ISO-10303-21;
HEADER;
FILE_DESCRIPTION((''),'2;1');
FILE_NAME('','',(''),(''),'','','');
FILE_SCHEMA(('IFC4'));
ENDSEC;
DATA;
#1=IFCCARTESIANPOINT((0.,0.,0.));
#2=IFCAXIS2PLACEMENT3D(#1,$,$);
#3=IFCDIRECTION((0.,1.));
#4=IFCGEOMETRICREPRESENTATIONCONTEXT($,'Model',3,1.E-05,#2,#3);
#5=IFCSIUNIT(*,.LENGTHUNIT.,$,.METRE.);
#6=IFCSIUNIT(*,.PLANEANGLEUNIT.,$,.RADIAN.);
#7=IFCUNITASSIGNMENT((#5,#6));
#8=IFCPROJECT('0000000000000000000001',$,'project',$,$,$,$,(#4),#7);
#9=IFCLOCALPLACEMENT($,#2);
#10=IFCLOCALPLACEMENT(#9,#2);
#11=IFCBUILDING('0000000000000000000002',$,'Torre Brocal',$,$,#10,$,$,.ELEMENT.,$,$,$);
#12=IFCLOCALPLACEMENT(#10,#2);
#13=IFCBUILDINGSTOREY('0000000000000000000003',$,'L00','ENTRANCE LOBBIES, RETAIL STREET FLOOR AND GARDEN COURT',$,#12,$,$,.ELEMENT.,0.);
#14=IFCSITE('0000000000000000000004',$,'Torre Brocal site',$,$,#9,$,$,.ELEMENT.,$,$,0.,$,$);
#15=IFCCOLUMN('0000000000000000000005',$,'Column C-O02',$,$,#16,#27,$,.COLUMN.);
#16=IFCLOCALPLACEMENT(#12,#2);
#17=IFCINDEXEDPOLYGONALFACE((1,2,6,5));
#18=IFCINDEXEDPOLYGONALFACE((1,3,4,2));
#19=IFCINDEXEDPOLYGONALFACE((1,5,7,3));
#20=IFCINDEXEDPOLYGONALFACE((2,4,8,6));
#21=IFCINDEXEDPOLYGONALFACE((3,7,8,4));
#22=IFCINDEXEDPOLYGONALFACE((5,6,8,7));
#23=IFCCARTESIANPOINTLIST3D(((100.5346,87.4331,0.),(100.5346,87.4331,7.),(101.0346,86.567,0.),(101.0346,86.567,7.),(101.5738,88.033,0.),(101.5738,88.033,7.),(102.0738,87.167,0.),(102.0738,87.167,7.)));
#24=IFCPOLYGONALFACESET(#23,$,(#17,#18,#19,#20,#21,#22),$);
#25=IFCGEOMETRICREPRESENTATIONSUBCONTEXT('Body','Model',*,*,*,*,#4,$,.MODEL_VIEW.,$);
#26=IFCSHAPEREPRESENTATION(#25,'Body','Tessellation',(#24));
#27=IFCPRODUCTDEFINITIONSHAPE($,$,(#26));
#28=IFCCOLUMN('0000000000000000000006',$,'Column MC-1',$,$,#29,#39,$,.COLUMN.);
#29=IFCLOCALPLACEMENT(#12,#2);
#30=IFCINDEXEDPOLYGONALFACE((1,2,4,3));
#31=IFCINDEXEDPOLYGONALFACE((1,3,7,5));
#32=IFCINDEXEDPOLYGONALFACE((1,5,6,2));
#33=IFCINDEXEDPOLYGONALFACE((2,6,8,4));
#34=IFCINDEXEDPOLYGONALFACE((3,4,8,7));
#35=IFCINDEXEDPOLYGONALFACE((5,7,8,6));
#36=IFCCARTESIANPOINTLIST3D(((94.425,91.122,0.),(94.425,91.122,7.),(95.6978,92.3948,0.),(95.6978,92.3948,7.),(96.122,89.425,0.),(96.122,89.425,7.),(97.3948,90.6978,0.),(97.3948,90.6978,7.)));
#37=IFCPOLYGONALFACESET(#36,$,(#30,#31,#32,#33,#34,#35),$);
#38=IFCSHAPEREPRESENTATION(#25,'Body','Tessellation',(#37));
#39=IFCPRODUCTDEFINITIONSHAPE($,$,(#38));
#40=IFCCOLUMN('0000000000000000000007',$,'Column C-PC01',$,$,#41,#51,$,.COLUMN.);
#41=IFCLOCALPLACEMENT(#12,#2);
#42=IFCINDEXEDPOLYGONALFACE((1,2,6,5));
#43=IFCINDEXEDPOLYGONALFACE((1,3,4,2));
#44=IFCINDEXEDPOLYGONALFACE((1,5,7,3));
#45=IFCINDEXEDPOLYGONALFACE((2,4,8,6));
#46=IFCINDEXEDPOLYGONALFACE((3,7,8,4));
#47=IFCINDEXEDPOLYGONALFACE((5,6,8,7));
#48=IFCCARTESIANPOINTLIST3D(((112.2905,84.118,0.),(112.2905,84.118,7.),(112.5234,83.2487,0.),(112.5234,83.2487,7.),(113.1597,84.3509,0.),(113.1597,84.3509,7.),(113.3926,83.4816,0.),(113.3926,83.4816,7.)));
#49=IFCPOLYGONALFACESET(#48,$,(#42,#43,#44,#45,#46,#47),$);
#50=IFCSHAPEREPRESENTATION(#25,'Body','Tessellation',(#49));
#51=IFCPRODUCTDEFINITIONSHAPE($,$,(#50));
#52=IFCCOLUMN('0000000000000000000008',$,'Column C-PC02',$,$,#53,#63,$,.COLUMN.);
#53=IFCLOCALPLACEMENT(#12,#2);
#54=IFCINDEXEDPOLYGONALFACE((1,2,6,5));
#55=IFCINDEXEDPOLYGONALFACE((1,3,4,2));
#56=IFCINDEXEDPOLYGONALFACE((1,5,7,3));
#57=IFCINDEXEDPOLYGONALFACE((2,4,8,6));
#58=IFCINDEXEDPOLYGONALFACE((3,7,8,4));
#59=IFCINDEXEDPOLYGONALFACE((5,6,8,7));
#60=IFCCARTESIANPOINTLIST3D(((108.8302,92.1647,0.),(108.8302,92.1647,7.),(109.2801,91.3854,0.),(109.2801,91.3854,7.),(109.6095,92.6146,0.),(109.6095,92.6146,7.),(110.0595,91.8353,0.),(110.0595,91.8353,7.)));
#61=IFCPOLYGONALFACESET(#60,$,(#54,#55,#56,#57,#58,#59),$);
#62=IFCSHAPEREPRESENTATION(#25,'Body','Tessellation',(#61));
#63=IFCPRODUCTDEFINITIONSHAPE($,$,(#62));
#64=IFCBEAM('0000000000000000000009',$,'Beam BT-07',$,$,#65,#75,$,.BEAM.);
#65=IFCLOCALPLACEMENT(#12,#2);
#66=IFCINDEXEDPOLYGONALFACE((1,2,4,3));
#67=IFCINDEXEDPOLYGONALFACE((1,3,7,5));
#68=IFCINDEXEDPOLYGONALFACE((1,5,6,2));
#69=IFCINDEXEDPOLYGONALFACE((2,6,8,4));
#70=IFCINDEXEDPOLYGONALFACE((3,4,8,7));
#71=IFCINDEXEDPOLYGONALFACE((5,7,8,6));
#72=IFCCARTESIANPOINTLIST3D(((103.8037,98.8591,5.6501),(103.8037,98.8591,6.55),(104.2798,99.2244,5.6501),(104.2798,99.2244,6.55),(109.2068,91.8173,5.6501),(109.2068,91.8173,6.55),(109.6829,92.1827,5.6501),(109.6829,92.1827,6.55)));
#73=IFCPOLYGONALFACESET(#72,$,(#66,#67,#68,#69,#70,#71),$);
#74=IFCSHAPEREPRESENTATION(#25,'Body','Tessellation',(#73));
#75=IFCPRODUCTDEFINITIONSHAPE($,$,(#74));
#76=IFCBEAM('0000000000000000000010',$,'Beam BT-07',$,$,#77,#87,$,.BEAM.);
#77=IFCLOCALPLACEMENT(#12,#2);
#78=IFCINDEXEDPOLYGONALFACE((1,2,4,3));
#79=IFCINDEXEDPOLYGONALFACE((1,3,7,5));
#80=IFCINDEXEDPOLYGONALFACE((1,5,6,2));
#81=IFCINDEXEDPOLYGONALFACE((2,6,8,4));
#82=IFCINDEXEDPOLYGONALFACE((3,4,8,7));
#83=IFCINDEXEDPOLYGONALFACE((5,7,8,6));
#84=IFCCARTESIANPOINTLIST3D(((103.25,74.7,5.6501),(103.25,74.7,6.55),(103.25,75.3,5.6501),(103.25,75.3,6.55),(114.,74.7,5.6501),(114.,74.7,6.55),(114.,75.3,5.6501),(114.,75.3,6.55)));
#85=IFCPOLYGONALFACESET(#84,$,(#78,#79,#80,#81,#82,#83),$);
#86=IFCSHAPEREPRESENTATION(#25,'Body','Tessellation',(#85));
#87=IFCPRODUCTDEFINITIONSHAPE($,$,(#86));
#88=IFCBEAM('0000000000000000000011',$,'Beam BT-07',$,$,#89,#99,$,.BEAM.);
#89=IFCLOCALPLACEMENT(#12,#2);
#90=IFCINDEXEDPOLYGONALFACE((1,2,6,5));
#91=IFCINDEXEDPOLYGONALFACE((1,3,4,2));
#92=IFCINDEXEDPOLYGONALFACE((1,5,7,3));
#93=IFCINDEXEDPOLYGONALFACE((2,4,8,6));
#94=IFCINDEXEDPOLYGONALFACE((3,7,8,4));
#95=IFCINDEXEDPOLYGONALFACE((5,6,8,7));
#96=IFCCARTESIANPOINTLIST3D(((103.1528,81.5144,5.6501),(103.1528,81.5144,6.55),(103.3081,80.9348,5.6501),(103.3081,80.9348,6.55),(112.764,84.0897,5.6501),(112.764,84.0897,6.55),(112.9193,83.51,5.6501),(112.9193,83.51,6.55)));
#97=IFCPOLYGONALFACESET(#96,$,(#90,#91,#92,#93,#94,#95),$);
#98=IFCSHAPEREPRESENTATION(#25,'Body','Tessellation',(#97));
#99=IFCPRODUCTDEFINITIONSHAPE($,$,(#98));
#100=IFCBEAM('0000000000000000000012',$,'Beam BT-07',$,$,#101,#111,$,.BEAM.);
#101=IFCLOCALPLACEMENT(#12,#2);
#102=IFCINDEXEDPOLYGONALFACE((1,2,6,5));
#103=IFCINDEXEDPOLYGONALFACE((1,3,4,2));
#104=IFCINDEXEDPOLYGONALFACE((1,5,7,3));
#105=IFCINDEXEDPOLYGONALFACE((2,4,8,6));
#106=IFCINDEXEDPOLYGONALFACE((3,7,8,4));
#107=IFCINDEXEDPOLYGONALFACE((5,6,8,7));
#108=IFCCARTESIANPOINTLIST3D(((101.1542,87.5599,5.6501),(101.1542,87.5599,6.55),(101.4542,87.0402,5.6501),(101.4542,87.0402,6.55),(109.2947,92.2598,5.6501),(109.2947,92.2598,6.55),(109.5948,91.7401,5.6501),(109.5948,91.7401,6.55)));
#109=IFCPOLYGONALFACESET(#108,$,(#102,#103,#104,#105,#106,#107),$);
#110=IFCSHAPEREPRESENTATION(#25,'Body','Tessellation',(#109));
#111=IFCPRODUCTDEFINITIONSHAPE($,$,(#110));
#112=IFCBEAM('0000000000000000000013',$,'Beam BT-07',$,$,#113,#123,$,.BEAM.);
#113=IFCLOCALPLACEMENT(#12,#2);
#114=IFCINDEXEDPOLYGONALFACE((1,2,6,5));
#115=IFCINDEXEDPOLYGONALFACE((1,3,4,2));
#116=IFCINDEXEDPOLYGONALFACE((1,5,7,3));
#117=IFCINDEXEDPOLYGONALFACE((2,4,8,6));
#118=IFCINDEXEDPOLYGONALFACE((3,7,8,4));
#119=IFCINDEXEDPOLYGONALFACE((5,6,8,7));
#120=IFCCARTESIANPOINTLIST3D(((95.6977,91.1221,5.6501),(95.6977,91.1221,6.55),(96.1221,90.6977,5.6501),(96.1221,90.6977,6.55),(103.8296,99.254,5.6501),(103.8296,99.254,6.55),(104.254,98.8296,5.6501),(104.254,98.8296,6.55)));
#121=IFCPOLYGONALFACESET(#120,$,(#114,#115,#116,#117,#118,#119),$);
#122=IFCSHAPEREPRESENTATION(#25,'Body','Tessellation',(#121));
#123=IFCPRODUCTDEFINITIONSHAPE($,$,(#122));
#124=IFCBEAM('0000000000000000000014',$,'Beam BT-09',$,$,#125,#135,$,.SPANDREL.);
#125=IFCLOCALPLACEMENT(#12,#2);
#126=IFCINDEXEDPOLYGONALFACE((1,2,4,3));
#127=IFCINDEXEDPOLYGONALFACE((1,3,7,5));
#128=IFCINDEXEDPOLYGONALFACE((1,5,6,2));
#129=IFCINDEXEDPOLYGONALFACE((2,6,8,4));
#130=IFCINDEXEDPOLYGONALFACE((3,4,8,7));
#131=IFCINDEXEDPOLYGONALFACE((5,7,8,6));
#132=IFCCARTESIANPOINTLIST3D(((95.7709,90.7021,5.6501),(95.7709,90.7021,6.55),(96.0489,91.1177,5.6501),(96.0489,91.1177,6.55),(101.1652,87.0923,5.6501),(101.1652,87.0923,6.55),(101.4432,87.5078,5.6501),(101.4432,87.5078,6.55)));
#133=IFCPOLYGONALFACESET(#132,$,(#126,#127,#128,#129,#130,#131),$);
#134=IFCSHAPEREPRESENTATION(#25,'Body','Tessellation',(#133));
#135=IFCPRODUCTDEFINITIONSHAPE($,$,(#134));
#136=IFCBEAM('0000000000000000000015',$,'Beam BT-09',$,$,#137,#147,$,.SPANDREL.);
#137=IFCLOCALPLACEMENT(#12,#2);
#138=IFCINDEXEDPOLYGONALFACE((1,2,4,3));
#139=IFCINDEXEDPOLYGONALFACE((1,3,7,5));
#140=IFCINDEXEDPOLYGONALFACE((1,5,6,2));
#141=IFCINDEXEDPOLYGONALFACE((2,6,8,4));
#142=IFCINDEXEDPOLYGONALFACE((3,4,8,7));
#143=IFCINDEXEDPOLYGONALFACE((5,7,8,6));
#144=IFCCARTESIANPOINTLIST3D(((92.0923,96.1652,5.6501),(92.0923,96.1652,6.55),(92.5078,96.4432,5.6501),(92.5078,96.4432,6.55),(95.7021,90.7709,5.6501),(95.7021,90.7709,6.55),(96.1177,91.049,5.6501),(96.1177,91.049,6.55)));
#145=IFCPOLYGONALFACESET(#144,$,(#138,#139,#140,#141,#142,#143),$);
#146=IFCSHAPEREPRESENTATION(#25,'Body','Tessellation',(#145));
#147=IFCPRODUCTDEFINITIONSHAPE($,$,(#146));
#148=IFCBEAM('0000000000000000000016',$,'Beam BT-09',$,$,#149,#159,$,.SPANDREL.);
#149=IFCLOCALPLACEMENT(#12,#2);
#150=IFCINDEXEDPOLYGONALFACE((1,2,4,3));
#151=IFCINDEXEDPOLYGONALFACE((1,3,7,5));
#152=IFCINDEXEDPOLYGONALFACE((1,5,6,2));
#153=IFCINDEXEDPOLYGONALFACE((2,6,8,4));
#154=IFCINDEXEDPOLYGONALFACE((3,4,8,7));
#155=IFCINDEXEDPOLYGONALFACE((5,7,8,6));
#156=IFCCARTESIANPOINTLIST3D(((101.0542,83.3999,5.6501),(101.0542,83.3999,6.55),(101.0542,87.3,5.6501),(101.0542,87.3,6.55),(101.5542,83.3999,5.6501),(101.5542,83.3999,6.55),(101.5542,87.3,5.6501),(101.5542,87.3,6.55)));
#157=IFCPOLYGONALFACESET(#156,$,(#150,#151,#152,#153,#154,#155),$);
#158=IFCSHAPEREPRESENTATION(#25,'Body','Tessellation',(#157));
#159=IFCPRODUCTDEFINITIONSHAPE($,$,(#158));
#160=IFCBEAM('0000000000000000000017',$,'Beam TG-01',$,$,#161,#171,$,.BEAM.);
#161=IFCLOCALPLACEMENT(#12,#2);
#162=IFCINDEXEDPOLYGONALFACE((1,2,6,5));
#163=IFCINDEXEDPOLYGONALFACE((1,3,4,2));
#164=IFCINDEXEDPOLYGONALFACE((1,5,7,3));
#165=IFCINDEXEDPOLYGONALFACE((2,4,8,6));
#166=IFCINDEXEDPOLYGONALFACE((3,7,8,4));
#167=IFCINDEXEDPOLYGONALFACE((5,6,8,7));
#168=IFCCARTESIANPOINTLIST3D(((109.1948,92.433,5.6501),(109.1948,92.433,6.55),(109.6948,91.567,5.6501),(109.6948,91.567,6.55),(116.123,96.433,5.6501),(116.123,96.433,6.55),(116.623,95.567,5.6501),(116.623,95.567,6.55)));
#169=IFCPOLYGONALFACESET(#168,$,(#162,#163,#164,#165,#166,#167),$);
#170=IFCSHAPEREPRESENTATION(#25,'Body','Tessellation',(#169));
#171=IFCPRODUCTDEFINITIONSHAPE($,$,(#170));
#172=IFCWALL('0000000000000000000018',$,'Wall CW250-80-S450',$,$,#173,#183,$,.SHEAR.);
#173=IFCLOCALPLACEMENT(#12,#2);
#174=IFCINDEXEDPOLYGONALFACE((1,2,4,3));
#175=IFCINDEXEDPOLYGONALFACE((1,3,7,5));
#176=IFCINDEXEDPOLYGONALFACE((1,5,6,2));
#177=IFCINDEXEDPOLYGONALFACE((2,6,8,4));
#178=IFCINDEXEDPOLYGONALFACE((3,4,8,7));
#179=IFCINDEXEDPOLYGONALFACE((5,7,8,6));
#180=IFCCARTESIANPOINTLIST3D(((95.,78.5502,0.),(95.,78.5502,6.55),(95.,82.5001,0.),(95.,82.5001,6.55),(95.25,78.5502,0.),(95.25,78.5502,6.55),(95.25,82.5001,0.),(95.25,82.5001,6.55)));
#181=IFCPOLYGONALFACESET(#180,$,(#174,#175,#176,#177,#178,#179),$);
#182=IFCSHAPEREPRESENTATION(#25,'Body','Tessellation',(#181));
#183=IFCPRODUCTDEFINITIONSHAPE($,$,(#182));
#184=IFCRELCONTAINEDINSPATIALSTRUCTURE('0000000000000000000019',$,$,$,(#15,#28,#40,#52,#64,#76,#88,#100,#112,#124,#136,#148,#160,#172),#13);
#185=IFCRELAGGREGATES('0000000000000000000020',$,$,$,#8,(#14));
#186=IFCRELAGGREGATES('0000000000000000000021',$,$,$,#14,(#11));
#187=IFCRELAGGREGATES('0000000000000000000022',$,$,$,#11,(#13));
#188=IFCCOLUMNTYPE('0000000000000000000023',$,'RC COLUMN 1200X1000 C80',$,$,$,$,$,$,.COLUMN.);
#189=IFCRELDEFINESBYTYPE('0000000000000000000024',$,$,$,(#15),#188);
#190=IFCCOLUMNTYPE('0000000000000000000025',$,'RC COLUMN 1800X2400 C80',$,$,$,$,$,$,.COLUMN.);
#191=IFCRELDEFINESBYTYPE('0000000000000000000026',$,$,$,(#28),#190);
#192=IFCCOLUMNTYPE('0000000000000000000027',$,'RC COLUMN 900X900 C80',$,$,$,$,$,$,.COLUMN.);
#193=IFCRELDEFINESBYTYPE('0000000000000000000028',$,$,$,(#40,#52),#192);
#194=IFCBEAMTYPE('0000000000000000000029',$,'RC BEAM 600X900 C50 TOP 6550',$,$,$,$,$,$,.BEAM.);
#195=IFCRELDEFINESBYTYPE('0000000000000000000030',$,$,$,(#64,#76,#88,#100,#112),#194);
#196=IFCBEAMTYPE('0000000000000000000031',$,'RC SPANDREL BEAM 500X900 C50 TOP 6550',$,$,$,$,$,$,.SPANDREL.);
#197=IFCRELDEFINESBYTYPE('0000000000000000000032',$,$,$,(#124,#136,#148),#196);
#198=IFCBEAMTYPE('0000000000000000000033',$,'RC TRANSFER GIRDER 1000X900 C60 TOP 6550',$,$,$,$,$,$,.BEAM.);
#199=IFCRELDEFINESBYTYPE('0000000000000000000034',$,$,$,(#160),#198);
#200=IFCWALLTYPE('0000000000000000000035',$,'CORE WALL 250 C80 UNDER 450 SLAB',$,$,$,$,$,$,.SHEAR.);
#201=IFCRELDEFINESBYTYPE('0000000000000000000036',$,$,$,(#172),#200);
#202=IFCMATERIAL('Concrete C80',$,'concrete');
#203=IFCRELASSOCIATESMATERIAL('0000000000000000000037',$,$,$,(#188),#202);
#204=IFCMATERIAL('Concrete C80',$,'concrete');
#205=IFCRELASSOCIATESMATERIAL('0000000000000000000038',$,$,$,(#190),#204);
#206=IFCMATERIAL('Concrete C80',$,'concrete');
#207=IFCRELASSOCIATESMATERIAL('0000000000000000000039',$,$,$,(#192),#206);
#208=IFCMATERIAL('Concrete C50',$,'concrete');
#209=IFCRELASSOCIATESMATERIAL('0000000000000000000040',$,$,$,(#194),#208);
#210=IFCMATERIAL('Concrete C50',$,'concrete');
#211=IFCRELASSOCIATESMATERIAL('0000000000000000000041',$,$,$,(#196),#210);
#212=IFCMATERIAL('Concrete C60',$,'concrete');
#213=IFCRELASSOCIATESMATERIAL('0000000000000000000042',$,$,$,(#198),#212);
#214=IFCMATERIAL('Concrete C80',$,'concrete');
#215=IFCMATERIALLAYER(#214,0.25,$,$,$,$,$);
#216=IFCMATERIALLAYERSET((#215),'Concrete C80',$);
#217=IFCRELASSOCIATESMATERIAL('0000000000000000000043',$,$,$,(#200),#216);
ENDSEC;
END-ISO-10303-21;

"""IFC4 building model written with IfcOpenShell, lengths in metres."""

from ifc_helpers import new_model, si_unit, direction, frame, frame_2d, origin, origin_2d, place, context, subcontext, project, spatial, rectangle, extrude, material, layer, layer_set, material_profile, profile_set, type_object, element, save


model = new_model("IFC4")

# Units and contexts
model_context = context("Model", 3, precision=1e-05, world=origin(), true_north=direction((0.0, 1.0)))
body_context = subcontext(model_context, "Body", "Model", "MODEL_VIEW")
ifc_project = project(units=[si_unit("LENGTHUNIT", "METRE"), si_unit("PLANEANGLEUNIT", "RADIAN")], contexts=[model_context])

# Site, building, storey
site_placement = place(None, origin())
site = spatial("IfcSite", under=ifc_project, at=site_placement, Name="Torre Brocal site", CompositionType="ELEMENT", RefElevation=0.0)
building_placement = place(site_placement, origin())
building = spatial("IfcBuilding", under=site, at=building_placement, Name="Torre Brocal", CompositionType="ELEMENT")
storey_placement = place(building_placement, origin())
storey = spatial("IfcBuildingStorey", under=building, at=storey_placement, Name="L00", Description="ENTRANCE LOBBIES, RETAIL STREET FLOOR AND GARDEN COURT", CompositionType="ELEMENT", Elevation=0.0)

# Columns
ifc_material_1 = material(Name="Concrete C80", Category="concrete")
ifc_material_profile_1 = material_profile(ifc_material_1, rectangle(XDim=1.2, YDim=1.0, at=origin_2d()), Name="RC 1200X1000")
ifc_profile_set_1 = profile_set([ifc_material_profile_1], Name="Concrete C80")
column_type_1 = type_object("IfcColumnType", Name="RC COLUMN 1200X1000 C80", PredefinedType="COLUMN", material=ifc_profile_set_1)
column_1_placement = place(storey_placement, frame((101.3042, 87.3, 0.0), z_axis=(0.0, 0.0, 1.0), x_axis=(0.866025, 0.5, 0.0)))
element("IfcColumn", 1, at=column_1_placement, inside=storey, type_object=column_type_1, Name="Column C-O02", PredefinedType="COLUMN", context=body_context, shape_type="SweptSolid", body=[
    extrude(rectangle(XDim=1.2, YDim=1.0, at=origin_2d()), origin(), (0.0, 0.0, 1.0), 7.0),
])
ifc_material_2 = material(Name="Concrete C80", Category="concrete")
ifc_material_profile_2 = material_profile(ifc_material_2, rectangle(XDim=1.8, YDim=2.3999, at=origin_2d()), Name="RC 1800X2400")
ifc_profile_set_2 = profile_set([ifc_material_profile_2], Name="Concrete C80")
column_type_2 = type_object("IfcColumnType", Name="RC COLUMN 1800X2400 C80", PredefinedType="COLUMN", material=ifc_profile_set_2)
column_2_placement = place(storey_placement, frame((95.9099, 90.9099, 0.0), z_axis=(0.0, 0.0, 1.0), x_axis=(0.707107, 0.707107, 0.0)))
element("IfcColumn", 2, at=column_2_placement, inside=storey, type_object=column_type_2, Name="Column MC-1", PredefinedType="COLUMN", context=body_context, shape_type="SweptSolid", body=[
    extrude(rectangle(XDim=1.8, YDim=2.3999, at=origin_2d()), origin(), (0.0, 0.0, 1.0), 7.0),
])
ifc_material_3 = material(Name="Concrete C80", Category="concrete")
ifc_material_profile_3 = material_profile(ifc_material_3, rectangle(XDim=0.8999, YDim=0.8999, at=origin_2d()), Name="RC 900X900")
ifc_profile_set_3 = profile_set([ifc_material_profile_3], Name="Concrete C80")
column_type_3 = type_object("IfcColumnType", Name="RC COLUMN 900X900 C80", PredefinedType="COLUMN", material=ifc_profile_set_3)
for number, where, z_axis, x_axis, name in (
    (3, (112.8416, 83.7998, 0.0), (0.0, 0.0, 1.0), (0.965926, 0.258819, 0.0), "Column C-PC01"),
    (4, (109.4448, 92.0, 0.0), (0.0, 0.0, 1.0), (0.866025, 0.5, 0.0), "Column C-PC02"),
):
    element("IfcColumn", number, at=place(storey_placement, frame(where, z_axis=z_axis, x_axis=x_axis)), inside=storey, type_object=column_type_3, Name=name, PredefinedType="COLUMN", context=body_context, shape_type="SweptSolid", body=[
        extrude(rectangle(XDim=0.8999, YDim=0.8999, at=origin_2d()), origin(), (0.0, 0.0, 1.0), 7.0),
    ])

# Beams
ifc_material_4 = material(Name="Concrete C50", Category="concrete")
ifc_material_profile_4 = material_profile(ifc_material_4, rectangle(XDim=0.6001, YDim=0.8999, at=origin_2d()), Name="RC 600X900")
ifc_profile_set_4 = profile_set([ifc_material_profile_4], Name="Concrete C50")
beam_type_1 = type_object("IfcBeamType", Name="RC BEAM 600X900 C50 TOP 6550", PredefinedType="BEAM", material=ifc_profile_set_4)
beam_1_placement = place(storey_placement, frame((109.4448, 92.0, 6.1001), z_axis=(-0.608744, 0.793367, 0.0), x_axis=(-0.793367, -0.608744, 0.0)))
element("IfcBeam", 5, at=beam_1_placement, inside=storey, type_object=beam_type_1, Name="Beam BT-07", PredefinedType="BEAM", context=body_context, shape_type="SweptSolid", body=[
    extrude(rectangle(XDim=0.6001, YDim=0.8999, at=origin_2d()), origin(), (0.0, 0.0, 1.0), 8.8757),
])
beam_2_placement = place(storey_placement, frame((103.25, 75.0, 6.1001), z_axis=(1.0, 0.0, 0.0), x_axis=(0.0, 1.0, 0.0)))
element("IfcBeam", 6, at=beam_2_placement, inside=storey, type_object=beam_type_1, Name="Beam BT-07", PredefinedType="BEAM", context=body_context, shape_type="SweptSolid", body=[
    extrude(rectangle(XDim=0.6001, YDim=0.8999, at=origin_2d()), origin(), (0.0, 0.0, 1.0), 10.75),
])
beam_3_placement = place(storey_placement, frame((103.2305, 81.2246, 6.1001), z_axis=(0.965928, 0.258811, 0.0), x_axis=(-0.258811, 0.965928, 0.0)))
element("IfcBeam", 7, at=beam_3_placement, inside=storey, type_object=beam_type_1, Name="Beam BT-07", PredefinedType="BEAM", context=body_context, shape_type="SweptSolid", body=[
    extrude(rectangle(XDim=0.6001, YDim=0.8999, at=origin_2d()), origin(), (0.0, 0.0, 1.0), 9.9502),
])
beam_4_placement = place(storey_placement, frame((101.3042, 87.3, 6.1001), z_axis=(0.866027, 0.499997, 0.0), x_axis=(-0.499997, 0.866027, 0.0)))
element("IfcBeam", 8, at=beam_4_placement, inside=storey, type_object=beam_type_1, Name="Beam BT-07", PredefinedType="BEAM", context=body_context, shape_type="SweptSolid", body=[
    extrude(rectangle(XDim=0.6001, YDim=0.8999, at=origin_2d()), origin(), (0.0, 0.0, 1.0), 9.3999),
])
beam_5_placement = place(storey_placement, frame((95.9099, 90.9099, 6.1001), z_axis=(0.707107, 0.707107, 0.0), x_axis=(-0.707107, 0.707107, 0.0)))
element("IfcBeam", 9, at=beam_5_placement, inside=storey, type_object=beam_type_1, Name="Beam BT-07", PredefinedType="BEAM", context=body_context, shape_type="SweptSolid", body=[
    extrude(rectangle(XDim=0.6001, YDim=0.8999, at=origin_2d()), origin(), (0.0, 0.0, 1.0), 11.5002),
])
ifc_material_5 = material(Name="Concrete C50", Category="concrete")
ifc_material_profile_5 = material_profile(ifc_material_5, rectangle(XDim=0.5, YDim=0.8999, at=origin_2d()), Name="RC 500X900")
ifc_profile_set_5 = profile_set([ifc_material_profile_5], Name="Concrete C50")
beam_type_2 = type_object("IfcBeamType", Name="RC SPANDREL BEAM 500X900 C50 TOP 6550", PredefinedType="SPANDREL", material=ifc_profile_set_5)
for number, where, z_axis, x_axis, name in (
    (10, (101.3042, 87.3, 6.1001), (-0.831077, 0.556158, 0.0), (-0.556158, -0.831077, 0.0), "Beam BT-09"),
    (11, (95.9099, 90.9099, 6.1001), (-0.556158, 0.831077, 0.0), (-0.831077, -0.556158, 0.0), "Beam BT-09"),
):
    element("IfcBeam", number, at=place(storey_placement, frame(where, z_axis=z_axis, x_axis=x_axis)), inside=storey, type_object=beam_type_2, Name=name, PredefinedType="SPANDREL", context=body_context, shape_type="SweptSolid", body=[
        extrude(rectangle(XDim=0.5, YDim=0.8999, at=origin_2d()), origin(), (0.0, 0.0, 1.0), 6.4907),
    ])
beam_6_placement = place(storey_placement, frame((101.3042, 87.3, 6.1001), z_axis=(0.0, -1.0, 0.0), x_axis=(1.0, 0.0, 0.0)))
element("IfcBeam", 12, at=beam_6_placement, inside=storey, type_object=beam_type_2, Name="Beam BT-09", PredefinedType="SPANDREL", context=body_context, shape_type="SweptSolid", body=[
    extrude(rectangle(XDim=0.5, YDim=0.8999, at=origin_2d()), origin(), (0.0, 0.0, 1.0), 3.9001),
])
ifc_material_6 = material(Name="Concrete C60", Category="concrete")
ifc_material_profile_6 = material_profile(ifc_material_6, rectangle(XDim=1.0, YDim=0.8999, at=origin_2d()), Name="RC 1000X900")
ifc_profile_set_6 = profile_set([ifc_material_profile_6], Name="Concrete C60")
beam_type_3 = type_object("IfcBeamType", Name="RC TRANSFER GIRDER 1000X900 C60 TOP 6550", PredefinedType="BEAM", material=ifc_profile_set_6)
beam_7_placement = place(storey_placement, frame((109.4448, 92.0, 6.1001), z_axis=(0.866026, 0.499999, 0.0), x_axis=(-0.499999, 0.866026, 0.0)))
element("IfcBeam", 13, at=beam_7_placement, inside=storey, type_object=beam_type_3, Name="Beam TG-01", PredefinedType="BEAM", context=body_context, shape_type="SweptSolid", body=[
    extrude(rectangle(XDim=1.0, YDim=0.8999, at=origin_2d()), origin(), (0.0, 0.0, 1.0), 8.0),
])

# Wall
ifc_material_7 = material(Name="Concrete C80", Category="concrete")
ifc_layer_1 = layer(ifc_material_7, 0.25)
ifc_layer_set_1 = layer_set([ifc_layer_1], Name="Concrete C80")
wall_type_1 = type_object("IfcWallType", Name="CORE WALL 250 C80 UNDER 450 SLAB", PredefinedType="SHEAR", material=ifc_layer_set_1)
wall_1_placement = place(storey_placement, frame((95.125, 78.55, 0.0), z_axis=(0.0, 0.0, 1.0), x_axis=(0.0, 1.0, 0.0)))
element("IfcWall", 14, at=wall_1_placement, inside=storey, type_object=wall_type_1, Name="Wall CW250-80-S450", PredefinedType="SHEAR", context=body_context, shape_type="SweptSolid", body=[
    extrude(rectangle(XDim=3.95, YDim=0.25, at=frame_2d((1.9751, 0.0))), origin(), (0.0, 0.0, 1.0), 6.55),
])

save(model, "model.ifc")
